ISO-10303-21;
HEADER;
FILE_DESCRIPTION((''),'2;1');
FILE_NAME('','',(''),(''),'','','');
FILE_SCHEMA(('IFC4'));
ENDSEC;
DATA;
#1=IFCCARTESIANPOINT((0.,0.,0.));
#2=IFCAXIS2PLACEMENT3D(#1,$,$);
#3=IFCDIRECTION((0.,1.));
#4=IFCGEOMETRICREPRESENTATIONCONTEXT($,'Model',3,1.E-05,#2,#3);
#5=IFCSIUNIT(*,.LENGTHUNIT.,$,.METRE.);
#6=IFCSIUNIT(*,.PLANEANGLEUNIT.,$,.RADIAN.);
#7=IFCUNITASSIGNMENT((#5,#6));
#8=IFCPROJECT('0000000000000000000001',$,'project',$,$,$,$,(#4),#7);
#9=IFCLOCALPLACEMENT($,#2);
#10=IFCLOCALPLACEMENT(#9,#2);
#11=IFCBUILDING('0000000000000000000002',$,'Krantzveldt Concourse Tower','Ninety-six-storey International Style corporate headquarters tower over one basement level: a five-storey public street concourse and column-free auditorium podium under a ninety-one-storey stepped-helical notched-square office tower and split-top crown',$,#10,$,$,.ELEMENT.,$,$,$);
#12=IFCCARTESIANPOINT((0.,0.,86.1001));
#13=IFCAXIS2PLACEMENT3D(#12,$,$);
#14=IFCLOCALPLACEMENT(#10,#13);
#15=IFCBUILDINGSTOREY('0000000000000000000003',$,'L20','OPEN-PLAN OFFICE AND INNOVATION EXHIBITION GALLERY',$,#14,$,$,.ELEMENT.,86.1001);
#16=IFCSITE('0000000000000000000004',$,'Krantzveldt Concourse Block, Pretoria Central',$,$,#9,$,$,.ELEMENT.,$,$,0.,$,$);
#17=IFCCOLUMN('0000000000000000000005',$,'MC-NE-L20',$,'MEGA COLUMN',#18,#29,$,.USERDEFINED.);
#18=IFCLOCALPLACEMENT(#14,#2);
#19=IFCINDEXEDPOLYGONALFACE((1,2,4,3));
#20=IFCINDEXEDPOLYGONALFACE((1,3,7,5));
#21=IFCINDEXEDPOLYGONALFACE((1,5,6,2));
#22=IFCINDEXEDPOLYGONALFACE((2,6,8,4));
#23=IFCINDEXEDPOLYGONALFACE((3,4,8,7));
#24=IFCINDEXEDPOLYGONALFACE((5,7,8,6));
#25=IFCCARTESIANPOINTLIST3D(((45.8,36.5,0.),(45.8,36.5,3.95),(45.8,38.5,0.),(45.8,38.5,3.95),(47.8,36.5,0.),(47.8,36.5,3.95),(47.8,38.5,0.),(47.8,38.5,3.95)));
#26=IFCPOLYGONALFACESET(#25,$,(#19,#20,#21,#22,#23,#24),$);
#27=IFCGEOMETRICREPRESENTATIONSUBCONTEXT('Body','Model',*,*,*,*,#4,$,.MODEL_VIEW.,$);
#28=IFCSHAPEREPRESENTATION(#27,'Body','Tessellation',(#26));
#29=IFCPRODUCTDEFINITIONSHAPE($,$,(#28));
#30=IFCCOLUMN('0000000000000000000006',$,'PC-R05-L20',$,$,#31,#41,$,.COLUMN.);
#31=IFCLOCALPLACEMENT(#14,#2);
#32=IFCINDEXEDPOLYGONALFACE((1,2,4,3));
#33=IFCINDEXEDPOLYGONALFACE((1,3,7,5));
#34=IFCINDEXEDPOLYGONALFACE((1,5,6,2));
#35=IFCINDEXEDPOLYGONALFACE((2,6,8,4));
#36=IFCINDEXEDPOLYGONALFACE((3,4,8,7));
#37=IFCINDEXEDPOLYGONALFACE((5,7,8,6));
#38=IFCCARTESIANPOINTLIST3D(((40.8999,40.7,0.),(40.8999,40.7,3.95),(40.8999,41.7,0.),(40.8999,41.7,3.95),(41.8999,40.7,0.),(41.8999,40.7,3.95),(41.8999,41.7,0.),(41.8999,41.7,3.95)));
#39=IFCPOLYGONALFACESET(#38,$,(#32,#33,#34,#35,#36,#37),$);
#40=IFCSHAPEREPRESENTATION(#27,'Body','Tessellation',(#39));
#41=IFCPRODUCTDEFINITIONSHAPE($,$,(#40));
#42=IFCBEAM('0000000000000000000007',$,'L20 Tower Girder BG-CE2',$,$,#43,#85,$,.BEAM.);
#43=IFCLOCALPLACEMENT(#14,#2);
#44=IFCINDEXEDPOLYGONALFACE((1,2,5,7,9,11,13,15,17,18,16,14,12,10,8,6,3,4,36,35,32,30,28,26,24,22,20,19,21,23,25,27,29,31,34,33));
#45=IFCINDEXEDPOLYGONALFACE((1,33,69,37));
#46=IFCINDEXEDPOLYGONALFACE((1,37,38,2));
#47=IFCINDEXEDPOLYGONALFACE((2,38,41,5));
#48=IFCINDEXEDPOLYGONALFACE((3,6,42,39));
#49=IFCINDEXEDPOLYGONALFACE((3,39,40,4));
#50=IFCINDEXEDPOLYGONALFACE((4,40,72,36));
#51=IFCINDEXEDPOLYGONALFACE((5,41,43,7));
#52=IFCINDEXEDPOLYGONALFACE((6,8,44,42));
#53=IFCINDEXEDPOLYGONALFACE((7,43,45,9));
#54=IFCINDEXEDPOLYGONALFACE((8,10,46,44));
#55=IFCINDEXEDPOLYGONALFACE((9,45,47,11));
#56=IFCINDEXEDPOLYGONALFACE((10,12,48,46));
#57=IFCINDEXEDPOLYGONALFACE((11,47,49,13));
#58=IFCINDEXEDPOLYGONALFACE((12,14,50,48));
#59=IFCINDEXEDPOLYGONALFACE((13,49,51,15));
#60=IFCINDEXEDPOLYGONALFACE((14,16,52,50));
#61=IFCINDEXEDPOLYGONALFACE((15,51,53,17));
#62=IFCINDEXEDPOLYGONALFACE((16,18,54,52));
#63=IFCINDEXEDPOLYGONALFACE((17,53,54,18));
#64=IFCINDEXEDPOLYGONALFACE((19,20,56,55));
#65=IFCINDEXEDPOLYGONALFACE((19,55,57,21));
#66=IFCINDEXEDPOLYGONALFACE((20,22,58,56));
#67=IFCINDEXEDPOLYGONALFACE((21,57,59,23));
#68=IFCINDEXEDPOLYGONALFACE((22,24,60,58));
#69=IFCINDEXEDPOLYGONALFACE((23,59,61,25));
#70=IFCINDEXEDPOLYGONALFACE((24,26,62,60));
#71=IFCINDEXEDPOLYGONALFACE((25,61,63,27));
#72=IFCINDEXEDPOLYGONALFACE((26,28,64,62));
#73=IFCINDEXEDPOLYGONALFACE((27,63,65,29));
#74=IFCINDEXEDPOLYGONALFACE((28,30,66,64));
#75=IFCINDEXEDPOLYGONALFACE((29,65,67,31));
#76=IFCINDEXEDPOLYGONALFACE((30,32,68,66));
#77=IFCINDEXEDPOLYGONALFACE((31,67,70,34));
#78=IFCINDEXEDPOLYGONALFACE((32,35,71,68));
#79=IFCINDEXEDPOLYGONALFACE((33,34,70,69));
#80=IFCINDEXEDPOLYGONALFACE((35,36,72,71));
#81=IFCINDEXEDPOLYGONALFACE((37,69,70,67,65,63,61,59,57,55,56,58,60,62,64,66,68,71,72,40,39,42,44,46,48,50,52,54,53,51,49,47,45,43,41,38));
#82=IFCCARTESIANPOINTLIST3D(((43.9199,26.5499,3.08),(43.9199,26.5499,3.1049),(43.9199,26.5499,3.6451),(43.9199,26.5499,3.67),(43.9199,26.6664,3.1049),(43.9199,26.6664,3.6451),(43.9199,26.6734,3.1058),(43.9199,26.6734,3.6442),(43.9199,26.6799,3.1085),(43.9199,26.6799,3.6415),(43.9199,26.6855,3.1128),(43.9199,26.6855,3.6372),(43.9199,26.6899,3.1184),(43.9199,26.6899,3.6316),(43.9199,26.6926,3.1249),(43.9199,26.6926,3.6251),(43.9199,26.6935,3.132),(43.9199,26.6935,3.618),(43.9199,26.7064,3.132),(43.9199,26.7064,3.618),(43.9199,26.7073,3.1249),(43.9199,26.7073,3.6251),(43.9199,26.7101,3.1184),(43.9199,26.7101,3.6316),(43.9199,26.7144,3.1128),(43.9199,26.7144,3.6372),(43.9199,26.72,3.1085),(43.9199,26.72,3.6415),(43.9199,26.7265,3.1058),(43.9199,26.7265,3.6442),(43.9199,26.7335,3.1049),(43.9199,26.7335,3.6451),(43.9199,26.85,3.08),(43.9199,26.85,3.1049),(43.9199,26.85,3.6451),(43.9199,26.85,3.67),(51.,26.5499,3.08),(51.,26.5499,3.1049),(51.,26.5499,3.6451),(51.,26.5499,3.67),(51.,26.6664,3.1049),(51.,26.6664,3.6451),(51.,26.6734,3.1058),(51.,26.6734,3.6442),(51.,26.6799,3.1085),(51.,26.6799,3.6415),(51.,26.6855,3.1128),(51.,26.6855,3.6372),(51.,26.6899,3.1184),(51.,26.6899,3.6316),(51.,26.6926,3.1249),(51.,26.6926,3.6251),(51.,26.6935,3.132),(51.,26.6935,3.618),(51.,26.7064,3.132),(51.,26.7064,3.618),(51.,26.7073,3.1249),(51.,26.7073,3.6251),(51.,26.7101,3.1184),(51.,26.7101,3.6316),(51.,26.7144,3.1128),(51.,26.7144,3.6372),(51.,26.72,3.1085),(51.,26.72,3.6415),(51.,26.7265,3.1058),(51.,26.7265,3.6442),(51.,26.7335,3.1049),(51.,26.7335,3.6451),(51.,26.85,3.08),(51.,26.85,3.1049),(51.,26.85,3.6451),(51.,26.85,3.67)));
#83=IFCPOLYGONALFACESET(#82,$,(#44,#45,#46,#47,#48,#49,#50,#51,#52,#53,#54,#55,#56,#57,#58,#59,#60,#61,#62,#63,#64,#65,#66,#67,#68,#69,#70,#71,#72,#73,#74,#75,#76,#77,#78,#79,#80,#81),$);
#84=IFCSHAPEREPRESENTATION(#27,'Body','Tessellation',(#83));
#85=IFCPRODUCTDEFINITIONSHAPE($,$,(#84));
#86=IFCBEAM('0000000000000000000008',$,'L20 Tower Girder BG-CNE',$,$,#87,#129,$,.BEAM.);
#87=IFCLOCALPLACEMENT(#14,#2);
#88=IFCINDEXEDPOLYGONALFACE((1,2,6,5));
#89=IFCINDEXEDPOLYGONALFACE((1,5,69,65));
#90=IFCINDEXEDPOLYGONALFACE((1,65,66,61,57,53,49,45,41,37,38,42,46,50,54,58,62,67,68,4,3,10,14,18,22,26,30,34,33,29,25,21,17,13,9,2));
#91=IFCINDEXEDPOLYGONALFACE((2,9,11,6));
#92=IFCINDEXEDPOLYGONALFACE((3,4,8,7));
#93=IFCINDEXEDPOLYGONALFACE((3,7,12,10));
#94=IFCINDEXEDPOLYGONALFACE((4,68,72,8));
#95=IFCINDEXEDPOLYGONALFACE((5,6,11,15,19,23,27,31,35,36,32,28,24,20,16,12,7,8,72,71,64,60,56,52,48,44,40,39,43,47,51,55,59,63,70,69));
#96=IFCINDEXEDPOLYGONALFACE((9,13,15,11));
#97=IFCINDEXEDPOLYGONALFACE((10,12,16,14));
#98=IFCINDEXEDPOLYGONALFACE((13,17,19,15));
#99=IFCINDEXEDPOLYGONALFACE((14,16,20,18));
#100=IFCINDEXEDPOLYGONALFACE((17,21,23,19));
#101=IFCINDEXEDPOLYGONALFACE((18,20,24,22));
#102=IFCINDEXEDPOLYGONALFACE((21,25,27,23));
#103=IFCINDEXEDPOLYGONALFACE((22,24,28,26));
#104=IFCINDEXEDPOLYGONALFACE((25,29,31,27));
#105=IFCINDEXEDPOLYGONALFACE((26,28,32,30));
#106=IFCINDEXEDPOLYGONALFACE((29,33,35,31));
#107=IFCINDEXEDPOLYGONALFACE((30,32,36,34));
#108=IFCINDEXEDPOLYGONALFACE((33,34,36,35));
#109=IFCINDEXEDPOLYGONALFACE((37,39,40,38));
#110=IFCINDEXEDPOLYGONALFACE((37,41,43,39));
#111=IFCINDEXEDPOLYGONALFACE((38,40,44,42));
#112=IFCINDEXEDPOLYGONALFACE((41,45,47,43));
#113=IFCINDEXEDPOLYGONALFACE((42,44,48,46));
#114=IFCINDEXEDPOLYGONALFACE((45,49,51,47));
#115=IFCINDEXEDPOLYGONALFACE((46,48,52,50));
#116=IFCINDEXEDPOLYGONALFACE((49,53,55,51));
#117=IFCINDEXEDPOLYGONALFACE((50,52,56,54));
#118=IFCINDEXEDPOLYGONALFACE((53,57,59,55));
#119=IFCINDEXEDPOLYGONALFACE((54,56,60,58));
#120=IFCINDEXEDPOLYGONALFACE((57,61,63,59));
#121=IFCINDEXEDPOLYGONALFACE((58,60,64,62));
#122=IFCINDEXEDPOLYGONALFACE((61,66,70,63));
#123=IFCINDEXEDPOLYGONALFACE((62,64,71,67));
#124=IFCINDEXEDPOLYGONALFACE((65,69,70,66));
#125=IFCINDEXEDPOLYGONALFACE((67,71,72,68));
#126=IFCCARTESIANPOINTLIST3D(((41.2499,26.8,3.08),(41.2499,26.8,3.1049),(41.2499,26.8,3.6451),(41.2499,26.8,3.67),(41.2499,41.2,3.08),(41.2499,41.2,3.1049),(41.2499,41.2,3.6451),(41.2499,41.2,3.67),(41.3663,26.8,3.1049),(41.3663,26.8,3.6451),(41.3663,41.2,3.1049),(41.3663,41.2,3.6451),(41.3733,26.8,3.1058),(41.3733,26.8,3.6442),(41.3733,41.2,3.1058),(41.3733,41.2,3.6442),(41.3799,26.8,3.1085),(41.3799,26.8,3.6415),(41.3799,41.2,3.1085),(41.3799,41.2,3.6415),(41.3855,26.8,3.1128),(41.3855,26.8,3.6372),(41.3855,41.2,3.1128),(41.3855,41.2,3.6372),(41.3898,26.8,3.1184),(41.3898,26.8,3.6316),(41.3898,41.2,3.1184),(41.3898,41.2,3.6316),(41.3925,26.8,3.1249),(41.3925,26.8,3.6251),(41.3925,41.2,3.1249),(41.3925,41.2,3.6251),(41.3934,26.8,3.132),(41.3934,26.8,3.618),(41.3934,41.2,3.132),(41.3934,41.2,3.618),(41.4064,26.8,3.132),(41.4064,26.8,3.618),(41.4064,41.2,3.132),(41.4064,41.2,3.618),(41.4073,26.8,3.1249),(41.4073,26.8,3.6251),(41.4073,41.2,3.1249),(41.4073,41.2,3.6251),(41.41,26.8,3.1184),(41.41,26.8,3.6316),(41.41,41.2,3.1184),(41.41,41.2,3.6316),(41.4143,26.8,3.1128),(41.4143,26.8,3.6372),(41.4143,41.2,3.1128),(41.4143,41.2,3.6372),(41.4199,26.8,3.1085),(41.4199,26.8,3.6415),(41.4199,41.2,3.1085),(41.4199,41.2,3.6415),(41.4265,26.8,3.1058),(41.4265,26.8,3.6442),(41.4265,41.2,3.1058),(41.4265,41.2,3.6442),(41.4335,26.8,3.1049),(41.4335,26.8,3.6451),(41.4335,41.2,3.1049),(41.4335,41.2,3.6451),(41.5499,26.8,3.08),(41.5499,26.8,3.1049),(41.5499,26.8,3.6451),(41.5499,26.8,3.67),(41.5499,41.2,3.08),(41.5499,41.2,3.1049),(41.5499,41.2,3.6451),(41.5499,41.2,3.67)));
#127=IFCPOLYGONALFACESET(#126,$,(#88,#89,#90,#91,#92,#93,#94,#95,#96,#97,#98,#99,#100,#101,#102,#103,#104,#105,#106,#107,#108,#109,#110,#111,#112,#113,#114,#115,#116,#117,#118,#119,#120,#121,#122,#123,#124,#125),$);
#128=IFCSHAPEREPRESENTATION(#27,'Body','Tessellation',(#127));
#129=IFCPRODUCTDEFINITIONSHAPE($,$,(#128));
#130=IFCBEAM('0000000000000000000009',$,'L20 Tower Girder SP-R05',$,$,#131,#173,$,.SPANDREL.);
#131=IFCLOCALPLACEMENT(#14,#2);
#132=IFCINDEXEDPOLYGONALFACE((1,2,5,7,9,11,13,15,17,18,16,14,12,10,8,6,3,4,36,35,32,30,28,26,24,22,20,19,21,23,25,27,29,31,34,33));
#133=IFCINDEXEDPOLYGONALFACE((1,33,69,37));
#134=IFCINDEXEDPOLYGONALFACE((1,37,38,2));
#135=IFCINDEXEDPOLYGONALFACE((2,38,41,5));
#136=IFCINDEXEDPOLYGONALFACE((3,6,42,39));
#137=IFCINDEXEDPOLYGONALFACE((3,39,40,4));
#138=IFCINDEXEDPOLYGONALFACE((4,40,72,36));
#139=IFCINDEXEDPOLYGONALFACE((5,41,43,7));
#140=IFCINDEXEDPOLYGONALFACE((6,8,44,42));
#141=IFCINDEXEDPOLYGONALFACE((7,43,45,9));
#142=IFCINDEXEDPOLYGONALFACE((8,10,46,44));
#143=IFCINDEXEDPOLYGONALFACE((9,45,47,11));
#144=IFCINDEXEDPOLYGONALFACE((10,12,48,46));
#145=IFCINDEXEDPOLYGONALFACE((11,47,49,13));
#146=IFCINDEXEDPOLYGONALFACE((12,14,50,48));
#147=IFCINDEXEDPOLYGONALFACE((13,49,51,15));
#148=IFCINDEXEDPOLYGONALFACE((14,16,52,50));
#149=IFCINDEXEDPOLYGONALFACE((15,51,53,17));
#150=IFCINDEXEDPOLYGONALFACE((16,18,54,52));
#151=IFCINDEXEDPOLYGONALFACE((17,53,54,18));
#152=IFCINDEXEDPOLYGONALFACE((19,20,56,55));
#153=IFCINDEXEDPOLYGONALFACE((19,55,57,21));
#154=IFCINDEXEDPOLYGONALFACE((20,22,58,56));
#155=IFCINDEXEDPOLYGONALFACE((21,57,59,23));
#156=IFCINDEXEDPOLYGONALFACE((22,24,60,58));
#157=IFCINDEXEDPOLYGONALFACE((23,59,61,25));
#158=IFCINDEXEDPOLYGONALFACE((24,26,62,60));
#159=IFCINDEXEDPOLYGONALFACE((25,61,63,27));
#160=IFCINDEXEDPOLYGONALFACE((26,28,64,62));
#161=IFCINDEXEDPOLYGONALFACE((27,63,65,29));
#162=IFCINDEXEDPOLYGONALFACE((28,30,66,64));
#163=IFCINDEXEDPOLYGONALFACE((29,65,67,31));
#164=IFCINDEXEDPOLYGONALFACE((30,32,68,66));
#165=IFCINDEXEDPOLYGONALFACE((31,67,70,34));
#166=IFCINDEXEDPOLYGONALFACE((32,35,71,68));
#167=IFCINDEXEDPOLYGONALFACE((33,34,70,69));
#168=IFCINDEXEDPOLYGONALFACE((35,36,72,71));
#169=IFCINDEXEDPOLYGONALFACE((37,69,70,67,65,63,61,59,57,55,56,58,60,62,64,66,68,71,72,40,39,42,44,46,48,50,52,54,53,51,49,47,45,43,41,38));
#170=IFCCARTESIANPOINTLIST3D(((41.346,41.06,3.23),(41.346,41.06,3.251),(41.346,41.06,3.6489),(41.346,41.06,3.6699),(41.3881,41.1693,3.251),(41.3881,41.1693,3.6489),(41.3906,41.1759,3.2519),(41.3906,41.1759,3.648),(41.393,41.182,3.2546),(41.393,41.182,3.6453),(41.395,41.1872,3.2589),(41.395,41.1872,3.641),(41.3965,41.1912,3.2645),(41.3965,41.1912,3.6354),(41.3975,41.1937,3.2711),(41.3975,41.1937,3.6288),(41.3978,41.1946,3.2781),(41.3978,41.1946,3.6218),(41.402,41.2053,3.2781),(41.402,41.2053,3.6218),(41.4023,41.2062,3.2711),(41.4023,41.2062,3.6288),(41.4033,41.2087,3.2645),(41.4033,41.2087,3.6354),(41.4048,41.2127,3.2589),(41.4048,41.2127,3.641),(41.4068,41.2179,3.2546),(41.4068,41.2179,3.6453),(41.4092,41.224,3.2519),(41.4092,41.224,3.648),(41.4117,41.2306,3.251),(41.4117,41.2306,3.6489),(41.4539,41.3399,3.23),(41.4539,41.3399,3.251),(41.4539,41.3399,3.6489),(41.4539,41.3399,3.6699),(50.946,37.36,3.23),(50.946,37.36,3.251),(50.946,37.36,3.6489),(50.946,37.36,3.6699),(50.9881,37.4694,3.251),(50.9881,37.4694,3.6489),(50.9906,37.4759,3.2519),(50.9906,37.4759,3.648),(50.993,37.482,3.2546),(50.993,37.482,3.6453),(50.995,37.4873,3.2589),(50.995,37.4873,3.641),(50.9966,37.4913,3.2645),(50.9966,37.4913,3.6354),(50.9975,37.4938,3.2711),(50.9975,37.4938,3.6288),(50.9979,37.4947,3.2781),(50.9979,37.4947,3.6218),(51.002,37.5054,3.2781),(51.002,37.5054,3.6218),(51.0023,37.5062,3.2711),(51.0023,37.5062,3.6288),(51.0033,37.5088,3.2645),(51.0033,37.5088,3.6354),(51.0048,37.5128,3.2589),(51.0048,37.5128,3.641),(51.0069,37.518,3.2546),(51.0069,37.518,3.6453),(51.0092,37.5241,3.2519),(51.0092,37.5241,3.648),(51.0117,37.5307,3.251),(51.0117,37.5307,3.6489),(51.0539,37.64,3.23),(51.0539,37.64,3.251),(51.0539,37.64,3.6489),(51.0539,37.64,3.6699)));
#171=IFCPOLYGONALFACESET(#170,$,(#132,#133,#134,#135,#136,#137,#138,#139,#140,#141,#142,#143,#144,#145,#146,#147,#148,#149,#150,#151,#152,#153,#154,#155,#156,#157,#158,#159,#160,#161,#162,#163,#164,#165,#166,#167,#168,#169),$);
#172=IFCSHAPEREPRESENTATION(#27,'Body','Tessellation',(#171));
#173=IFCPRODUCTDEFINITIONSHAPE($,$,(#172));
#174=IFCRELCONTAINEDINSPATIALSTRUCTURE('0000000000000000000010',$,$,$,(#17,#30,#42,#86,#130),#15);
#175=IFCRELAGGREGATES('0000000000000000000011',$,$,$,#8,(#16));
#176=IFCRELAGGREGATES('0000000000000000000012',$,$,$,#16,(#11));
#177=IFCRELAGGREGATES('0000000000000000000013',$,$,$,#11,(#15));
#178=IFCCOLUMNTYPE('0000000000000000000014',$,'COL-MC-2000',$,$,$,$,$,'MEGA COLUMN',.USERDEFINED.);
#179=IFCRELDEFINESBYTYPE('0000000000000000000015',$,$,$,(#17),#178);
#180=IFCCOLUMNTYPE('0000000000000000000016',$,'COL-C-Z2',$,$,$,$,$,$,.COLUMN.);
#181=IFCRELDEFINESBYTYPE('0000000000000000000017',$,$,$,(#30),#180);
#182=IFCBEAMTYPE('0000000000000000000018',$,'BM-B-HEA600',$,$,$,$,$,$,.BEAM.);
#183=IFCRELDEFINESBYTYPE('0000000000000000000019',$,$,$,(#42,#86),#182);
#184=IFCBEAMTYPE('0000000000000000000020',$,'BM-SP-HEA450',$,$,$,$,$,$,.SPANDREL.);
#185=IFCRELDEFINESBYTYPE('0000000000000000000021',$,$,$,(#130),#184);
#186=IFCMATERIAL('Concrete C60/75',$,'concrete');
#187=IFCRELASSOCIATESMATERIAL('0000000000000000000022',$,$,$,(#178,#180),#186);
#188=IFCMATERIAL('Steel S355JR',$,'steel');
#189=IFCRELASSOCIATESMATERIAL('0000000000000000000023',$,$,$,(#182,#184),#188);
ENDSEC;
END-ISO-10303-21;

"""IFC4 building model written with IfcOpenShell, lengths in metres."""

from ifc_helpers import new_model, si_unit, direction, frame, origin, origin_2d, place, context, subcontext, project, spatial, rectangle, i_section, extrude, source, transform, mapped, material, material_profile, profile_set, type_object, type_shapes, element, save


model = new_model("IFC4")

# Units and contexts
model_context = context("Model", 3, precision=1e-05, world=origin(), true_north=direction((0.0, 1.0)))
body_context = subcontext(model_context, "Body", "Model", "MODEL_VIEW")
ifc_project = project(units=[si_unit("LENGTHUNIT", "METRE"), si_unit("PLANEANGLEUNIT", "RADIAN")], contexts=[model_context])

# Site, building, storey
site_placement = place(None, origin())
site = spatial("IfcSite", under=ifc_project, at=site_placement, Name="Krantzveldt Concourse Block, Pretoria Central", CompositionType="ELEMENT", RefElevation=0.0)
building_placement = place(site_placement, origin())
building = spatial("IfcBuilding", under=site, at=building_placement, Name="Krantzveldt Concourse Tower", Description="Ninety-six-storey International Style corporate headquarters tower over one basement level: a five-storey public street concourse and column-free auditorium podium under a ninety-one-storey stepped-helical notched-square office tower and split-top crown", CompositionType="ELEMENT")
storey_placement = place(building_placement, frame((0.0, 0.0, 86.1001)))
storey = spatial("IfcBuildingStorey", under=building, at=storey_placement, Name="L20", Description="OPEN-PLAN OFFICE AND INNOVATION EXHIBITION GALLERY", CompositionType="ELEMENT", Elevation=86.1001)

# Columns
ifc_material_1 = material(Name="Concrete C60/75", Category="concrete")
ifc_material_profile_1 = material_profile(ifc_material_1, rectangle(XDim=2.0, YDim=2.0, at=origin_2d()), Name="Concrete C60/75", Category="concrete")
ifc_profile_set_1 = profile_set([ifc_material_profile_1], Name="Concrete C60/75 - RC 2000x2000")
column_type_1 = type_object("IfcColumnType", Name="COL-MC-2000", ElementType="MEGA COLUMN", PredefinedType="USERDEFINED", material=ifc_profile_set_1)
shared_shape_1 = source(origin(), body_context, "Body", "SweptSolid", [
    extrude(rectangle(XDim=2.0, YDim=2.0, at=origin_2d()), origin(), (0.0, 0.0, 1.0), 3.95),
])
type_shapes(column_type_1, [shared_shape_1])
column_1_placement = place(storey_placement, frame((46.8, 37.5, 0.0), z_axis=(0.0, 0.0, 1.0), x_axis=(1.0, 0.0, 0.0)))
element("IfcColumn", 1, at=column_1_placement, inside=storey, type_object=column_type_1, Name="MC-NE-L20", ObjectType="MEGA COLUMN", PredefinedType="USERDEFINED", context=body_context, shape_type="MappedRepresentation", body=[
    mapped(shared_shape_1, transform((0.0, 0.0, 0.0), x_axis=(1.0, 0.0, 0.0), y_axis=(0.0, 1.0, 0.0), z_axis=(0.0, 0.0, 1.0), scale=1.0)),
])
ifc_material_profile_2 = material_profile(ifc_material_1, rectangle(XDim=1.0, YDim=1.0, at=origin_2d()), Name="Concrete C60/75", Category="concrete")
ifc_profile_set_2 = profile_set([ifc_material_profile_2], Name="Concrete C60/75 - RC 1000x1000")
column_type_2 = type_object("IfcColumnType", Name="COL-C-Z2", PredefinedType="COLUMN", material=ifc_profile_set_2)
shared_shape_2 = source(origin(), body_context, "Body", "SweptSolid", [
    extrude(rectangle(XDim=1.0, YDim=1.0, at=origin_2d()), origin(), (0.0, 0.0, 1.0), 3.95),
])
type_shapes(column_type_2, [shared_shape_2])
column_2_placement = place(storey_placement, frame((41.3999, 41.2, 0.0), z_axis=(0.0, 0.0, 1.0), x_axis=(1.0, 0.0, 0.0)))
element("IfcColumn", 2, at=column_2_placement, inside=storey, type_object=column_type_2, Name="PC-R05-L20", PredefinedType="COLUMN", context=body_context, shape_type="MappedRepresentation", body=[
    mapped(shared_shape_2, transform((0.0, 0.0, 0.0), x_axis=(1.0, 0.0, 0.0), y_axis=(0.0, 1.0, 0.0), z_axis=(0.0, 0.0, 1.0), scale=1.0)),
])

# Beams
ifc_material_2 = material(Name="Steel S355JR", Category="steel")
ifc_material_profile_3 = material_profile(ifc_material_2, i_section(OverallWidth=0.3, OverallDepth=0.5901, WebThickness=0.0129, FlangeThickness=0.0249, FilletRadius=0.0271, at=origin_2d()), Name="Steel S355JR", Category="steel")
ifc_profile_set_3 = profile_set([ifc_material_profile_3], Name="Steel S355JR - HEA 600")
beam_type_1 = type_object("IfcBeamType", Name="BM-B-HEA600", PredefinedType="BEAM", material=ifc_profile_set_3)
shared_shape_3 = source(origin(), body_context, "Body", "SweptSolid", [
    extrude(i_section(OverallWidth=0.3, OverallDepth=0.5901, WebThickness=0.0129, FlangeThickness=0.0249, FilletRadius=0.0271, at=origin_2d()), origin(), (0.0, 0.0, 1.0), 7.0801),
])
beam_1_placement = place(storey_placement, frame((43.9199, 26.7, 3.375), z_axis=(1.0, 0.0, 0.0), x_axis=(0.0, 1.0, 0.0)))
element("IfcBeam", 3, at=beam_1_placement, inside=storey, type_object=beam_type_1, Name="L20 Tower Girder BG-CE2", PredefinedType="BEAM", context=body_context, shape_type="MappedRepresentation", body=[
    mapped(shared_shape_3, transform((0.0, 0.0, 0.0), x_axis=(1.0, 0.0, 0.0), y_axis=(0.0, 1.0, 0.0), z_axis=(0.0, 0.0, 1.0), scale=1.0)),
])
shared_shape_4 = source(origin(), body_context, "Body", "SweptSolid", [
    extrude(i_section(OverallWidth=0.3, OverallDepth=0.5901, WebThickness=0.0129, FlangeThickness=0.0249, FilletRadius=0.0271, at=origin_2d()), origin(), (0.0, 0.0, 1.0), 14.3999),
])
beam_2_placement = place(storey_placement, frame((41.3999, 26.8, 3.375), z_axis=(0.0, 1.0, 0.0), x_axis=(-1.0, 0.0, 0.0)))
element("IfcBeam", 4, at=beam_2_placement, inside=storey, type_object=beam_type_1, Name="L20 Tower Girder BG-CNE", PredefinedType="BEAM", context=body_context, shape_type="MappedRepresentation", body=[
    mapped(shared_shape_4, transform((0.0, 0.0, 0.0), x_axis=(1.0, 0.0, 0.0), y_axis=(0.0, 1.0, 0.0), z_axis=(0.0, 0.0, 1.0), scale=1.0)),
])
ifc_material_profile_4 = material_profile(ifc_material_2, i_section(OverallWidth=0.3, OverallDepth=0.4399, WebThickness=0.0115, FlangeThickness=0.021, FilletRadius=0.0271, at=origin_2d()), Name="Steel S355JR", Category="steel")
ifc_profile_set_4 = profile_set([ifc_material_profile_4], Name="Steel S355JR - HEA 450")
beam_type_2 = type_object("IfcBeamType", Name="BM-SP-HEA450", PredefinedType="SPANDREL", material=ifc_profile_set_4)
shared_shape_5 = source(origin(), body_context, "Body", "SweptSolid", [
    extrude(i_section(OverallWidth=0.3, OverallDepth=0.4399, WebThickness=0.0115, FlangeThickness=0.021, FilletRadius=0.0271, at=origin_2d()), origin(), (0.0, 0.0, 1.0), 10.2883),
])
type_shapes(beam_type_2, [shared_shape_5])
beam_3_placement = place(storey_placement, frame((41.3999, 41.2, 3.45), z_axis=(0.933098, -0.359623, 0.0), x_axis=(0.359623, 0.933098, 0.0)))
element("IfcBeam", 5, at=beam_3_placement, inside=storey, type_object=beam_type_2, Name="L20 Tower Girder SP-R05", PredefinedType="SPANDREL", context=body_context, shape_type="MappedRepresentation", body=[
    mapped(shared_shape_5, transform((0.0, 0.0, 0.0), x_axis=(1.0, 0.0, 0.0), y_axis=(0.0, 1.0, 0.0), z_axis=(0.0, 0.0, 1.0), scale=1.0)),
])

save(model, "model.ifc")
